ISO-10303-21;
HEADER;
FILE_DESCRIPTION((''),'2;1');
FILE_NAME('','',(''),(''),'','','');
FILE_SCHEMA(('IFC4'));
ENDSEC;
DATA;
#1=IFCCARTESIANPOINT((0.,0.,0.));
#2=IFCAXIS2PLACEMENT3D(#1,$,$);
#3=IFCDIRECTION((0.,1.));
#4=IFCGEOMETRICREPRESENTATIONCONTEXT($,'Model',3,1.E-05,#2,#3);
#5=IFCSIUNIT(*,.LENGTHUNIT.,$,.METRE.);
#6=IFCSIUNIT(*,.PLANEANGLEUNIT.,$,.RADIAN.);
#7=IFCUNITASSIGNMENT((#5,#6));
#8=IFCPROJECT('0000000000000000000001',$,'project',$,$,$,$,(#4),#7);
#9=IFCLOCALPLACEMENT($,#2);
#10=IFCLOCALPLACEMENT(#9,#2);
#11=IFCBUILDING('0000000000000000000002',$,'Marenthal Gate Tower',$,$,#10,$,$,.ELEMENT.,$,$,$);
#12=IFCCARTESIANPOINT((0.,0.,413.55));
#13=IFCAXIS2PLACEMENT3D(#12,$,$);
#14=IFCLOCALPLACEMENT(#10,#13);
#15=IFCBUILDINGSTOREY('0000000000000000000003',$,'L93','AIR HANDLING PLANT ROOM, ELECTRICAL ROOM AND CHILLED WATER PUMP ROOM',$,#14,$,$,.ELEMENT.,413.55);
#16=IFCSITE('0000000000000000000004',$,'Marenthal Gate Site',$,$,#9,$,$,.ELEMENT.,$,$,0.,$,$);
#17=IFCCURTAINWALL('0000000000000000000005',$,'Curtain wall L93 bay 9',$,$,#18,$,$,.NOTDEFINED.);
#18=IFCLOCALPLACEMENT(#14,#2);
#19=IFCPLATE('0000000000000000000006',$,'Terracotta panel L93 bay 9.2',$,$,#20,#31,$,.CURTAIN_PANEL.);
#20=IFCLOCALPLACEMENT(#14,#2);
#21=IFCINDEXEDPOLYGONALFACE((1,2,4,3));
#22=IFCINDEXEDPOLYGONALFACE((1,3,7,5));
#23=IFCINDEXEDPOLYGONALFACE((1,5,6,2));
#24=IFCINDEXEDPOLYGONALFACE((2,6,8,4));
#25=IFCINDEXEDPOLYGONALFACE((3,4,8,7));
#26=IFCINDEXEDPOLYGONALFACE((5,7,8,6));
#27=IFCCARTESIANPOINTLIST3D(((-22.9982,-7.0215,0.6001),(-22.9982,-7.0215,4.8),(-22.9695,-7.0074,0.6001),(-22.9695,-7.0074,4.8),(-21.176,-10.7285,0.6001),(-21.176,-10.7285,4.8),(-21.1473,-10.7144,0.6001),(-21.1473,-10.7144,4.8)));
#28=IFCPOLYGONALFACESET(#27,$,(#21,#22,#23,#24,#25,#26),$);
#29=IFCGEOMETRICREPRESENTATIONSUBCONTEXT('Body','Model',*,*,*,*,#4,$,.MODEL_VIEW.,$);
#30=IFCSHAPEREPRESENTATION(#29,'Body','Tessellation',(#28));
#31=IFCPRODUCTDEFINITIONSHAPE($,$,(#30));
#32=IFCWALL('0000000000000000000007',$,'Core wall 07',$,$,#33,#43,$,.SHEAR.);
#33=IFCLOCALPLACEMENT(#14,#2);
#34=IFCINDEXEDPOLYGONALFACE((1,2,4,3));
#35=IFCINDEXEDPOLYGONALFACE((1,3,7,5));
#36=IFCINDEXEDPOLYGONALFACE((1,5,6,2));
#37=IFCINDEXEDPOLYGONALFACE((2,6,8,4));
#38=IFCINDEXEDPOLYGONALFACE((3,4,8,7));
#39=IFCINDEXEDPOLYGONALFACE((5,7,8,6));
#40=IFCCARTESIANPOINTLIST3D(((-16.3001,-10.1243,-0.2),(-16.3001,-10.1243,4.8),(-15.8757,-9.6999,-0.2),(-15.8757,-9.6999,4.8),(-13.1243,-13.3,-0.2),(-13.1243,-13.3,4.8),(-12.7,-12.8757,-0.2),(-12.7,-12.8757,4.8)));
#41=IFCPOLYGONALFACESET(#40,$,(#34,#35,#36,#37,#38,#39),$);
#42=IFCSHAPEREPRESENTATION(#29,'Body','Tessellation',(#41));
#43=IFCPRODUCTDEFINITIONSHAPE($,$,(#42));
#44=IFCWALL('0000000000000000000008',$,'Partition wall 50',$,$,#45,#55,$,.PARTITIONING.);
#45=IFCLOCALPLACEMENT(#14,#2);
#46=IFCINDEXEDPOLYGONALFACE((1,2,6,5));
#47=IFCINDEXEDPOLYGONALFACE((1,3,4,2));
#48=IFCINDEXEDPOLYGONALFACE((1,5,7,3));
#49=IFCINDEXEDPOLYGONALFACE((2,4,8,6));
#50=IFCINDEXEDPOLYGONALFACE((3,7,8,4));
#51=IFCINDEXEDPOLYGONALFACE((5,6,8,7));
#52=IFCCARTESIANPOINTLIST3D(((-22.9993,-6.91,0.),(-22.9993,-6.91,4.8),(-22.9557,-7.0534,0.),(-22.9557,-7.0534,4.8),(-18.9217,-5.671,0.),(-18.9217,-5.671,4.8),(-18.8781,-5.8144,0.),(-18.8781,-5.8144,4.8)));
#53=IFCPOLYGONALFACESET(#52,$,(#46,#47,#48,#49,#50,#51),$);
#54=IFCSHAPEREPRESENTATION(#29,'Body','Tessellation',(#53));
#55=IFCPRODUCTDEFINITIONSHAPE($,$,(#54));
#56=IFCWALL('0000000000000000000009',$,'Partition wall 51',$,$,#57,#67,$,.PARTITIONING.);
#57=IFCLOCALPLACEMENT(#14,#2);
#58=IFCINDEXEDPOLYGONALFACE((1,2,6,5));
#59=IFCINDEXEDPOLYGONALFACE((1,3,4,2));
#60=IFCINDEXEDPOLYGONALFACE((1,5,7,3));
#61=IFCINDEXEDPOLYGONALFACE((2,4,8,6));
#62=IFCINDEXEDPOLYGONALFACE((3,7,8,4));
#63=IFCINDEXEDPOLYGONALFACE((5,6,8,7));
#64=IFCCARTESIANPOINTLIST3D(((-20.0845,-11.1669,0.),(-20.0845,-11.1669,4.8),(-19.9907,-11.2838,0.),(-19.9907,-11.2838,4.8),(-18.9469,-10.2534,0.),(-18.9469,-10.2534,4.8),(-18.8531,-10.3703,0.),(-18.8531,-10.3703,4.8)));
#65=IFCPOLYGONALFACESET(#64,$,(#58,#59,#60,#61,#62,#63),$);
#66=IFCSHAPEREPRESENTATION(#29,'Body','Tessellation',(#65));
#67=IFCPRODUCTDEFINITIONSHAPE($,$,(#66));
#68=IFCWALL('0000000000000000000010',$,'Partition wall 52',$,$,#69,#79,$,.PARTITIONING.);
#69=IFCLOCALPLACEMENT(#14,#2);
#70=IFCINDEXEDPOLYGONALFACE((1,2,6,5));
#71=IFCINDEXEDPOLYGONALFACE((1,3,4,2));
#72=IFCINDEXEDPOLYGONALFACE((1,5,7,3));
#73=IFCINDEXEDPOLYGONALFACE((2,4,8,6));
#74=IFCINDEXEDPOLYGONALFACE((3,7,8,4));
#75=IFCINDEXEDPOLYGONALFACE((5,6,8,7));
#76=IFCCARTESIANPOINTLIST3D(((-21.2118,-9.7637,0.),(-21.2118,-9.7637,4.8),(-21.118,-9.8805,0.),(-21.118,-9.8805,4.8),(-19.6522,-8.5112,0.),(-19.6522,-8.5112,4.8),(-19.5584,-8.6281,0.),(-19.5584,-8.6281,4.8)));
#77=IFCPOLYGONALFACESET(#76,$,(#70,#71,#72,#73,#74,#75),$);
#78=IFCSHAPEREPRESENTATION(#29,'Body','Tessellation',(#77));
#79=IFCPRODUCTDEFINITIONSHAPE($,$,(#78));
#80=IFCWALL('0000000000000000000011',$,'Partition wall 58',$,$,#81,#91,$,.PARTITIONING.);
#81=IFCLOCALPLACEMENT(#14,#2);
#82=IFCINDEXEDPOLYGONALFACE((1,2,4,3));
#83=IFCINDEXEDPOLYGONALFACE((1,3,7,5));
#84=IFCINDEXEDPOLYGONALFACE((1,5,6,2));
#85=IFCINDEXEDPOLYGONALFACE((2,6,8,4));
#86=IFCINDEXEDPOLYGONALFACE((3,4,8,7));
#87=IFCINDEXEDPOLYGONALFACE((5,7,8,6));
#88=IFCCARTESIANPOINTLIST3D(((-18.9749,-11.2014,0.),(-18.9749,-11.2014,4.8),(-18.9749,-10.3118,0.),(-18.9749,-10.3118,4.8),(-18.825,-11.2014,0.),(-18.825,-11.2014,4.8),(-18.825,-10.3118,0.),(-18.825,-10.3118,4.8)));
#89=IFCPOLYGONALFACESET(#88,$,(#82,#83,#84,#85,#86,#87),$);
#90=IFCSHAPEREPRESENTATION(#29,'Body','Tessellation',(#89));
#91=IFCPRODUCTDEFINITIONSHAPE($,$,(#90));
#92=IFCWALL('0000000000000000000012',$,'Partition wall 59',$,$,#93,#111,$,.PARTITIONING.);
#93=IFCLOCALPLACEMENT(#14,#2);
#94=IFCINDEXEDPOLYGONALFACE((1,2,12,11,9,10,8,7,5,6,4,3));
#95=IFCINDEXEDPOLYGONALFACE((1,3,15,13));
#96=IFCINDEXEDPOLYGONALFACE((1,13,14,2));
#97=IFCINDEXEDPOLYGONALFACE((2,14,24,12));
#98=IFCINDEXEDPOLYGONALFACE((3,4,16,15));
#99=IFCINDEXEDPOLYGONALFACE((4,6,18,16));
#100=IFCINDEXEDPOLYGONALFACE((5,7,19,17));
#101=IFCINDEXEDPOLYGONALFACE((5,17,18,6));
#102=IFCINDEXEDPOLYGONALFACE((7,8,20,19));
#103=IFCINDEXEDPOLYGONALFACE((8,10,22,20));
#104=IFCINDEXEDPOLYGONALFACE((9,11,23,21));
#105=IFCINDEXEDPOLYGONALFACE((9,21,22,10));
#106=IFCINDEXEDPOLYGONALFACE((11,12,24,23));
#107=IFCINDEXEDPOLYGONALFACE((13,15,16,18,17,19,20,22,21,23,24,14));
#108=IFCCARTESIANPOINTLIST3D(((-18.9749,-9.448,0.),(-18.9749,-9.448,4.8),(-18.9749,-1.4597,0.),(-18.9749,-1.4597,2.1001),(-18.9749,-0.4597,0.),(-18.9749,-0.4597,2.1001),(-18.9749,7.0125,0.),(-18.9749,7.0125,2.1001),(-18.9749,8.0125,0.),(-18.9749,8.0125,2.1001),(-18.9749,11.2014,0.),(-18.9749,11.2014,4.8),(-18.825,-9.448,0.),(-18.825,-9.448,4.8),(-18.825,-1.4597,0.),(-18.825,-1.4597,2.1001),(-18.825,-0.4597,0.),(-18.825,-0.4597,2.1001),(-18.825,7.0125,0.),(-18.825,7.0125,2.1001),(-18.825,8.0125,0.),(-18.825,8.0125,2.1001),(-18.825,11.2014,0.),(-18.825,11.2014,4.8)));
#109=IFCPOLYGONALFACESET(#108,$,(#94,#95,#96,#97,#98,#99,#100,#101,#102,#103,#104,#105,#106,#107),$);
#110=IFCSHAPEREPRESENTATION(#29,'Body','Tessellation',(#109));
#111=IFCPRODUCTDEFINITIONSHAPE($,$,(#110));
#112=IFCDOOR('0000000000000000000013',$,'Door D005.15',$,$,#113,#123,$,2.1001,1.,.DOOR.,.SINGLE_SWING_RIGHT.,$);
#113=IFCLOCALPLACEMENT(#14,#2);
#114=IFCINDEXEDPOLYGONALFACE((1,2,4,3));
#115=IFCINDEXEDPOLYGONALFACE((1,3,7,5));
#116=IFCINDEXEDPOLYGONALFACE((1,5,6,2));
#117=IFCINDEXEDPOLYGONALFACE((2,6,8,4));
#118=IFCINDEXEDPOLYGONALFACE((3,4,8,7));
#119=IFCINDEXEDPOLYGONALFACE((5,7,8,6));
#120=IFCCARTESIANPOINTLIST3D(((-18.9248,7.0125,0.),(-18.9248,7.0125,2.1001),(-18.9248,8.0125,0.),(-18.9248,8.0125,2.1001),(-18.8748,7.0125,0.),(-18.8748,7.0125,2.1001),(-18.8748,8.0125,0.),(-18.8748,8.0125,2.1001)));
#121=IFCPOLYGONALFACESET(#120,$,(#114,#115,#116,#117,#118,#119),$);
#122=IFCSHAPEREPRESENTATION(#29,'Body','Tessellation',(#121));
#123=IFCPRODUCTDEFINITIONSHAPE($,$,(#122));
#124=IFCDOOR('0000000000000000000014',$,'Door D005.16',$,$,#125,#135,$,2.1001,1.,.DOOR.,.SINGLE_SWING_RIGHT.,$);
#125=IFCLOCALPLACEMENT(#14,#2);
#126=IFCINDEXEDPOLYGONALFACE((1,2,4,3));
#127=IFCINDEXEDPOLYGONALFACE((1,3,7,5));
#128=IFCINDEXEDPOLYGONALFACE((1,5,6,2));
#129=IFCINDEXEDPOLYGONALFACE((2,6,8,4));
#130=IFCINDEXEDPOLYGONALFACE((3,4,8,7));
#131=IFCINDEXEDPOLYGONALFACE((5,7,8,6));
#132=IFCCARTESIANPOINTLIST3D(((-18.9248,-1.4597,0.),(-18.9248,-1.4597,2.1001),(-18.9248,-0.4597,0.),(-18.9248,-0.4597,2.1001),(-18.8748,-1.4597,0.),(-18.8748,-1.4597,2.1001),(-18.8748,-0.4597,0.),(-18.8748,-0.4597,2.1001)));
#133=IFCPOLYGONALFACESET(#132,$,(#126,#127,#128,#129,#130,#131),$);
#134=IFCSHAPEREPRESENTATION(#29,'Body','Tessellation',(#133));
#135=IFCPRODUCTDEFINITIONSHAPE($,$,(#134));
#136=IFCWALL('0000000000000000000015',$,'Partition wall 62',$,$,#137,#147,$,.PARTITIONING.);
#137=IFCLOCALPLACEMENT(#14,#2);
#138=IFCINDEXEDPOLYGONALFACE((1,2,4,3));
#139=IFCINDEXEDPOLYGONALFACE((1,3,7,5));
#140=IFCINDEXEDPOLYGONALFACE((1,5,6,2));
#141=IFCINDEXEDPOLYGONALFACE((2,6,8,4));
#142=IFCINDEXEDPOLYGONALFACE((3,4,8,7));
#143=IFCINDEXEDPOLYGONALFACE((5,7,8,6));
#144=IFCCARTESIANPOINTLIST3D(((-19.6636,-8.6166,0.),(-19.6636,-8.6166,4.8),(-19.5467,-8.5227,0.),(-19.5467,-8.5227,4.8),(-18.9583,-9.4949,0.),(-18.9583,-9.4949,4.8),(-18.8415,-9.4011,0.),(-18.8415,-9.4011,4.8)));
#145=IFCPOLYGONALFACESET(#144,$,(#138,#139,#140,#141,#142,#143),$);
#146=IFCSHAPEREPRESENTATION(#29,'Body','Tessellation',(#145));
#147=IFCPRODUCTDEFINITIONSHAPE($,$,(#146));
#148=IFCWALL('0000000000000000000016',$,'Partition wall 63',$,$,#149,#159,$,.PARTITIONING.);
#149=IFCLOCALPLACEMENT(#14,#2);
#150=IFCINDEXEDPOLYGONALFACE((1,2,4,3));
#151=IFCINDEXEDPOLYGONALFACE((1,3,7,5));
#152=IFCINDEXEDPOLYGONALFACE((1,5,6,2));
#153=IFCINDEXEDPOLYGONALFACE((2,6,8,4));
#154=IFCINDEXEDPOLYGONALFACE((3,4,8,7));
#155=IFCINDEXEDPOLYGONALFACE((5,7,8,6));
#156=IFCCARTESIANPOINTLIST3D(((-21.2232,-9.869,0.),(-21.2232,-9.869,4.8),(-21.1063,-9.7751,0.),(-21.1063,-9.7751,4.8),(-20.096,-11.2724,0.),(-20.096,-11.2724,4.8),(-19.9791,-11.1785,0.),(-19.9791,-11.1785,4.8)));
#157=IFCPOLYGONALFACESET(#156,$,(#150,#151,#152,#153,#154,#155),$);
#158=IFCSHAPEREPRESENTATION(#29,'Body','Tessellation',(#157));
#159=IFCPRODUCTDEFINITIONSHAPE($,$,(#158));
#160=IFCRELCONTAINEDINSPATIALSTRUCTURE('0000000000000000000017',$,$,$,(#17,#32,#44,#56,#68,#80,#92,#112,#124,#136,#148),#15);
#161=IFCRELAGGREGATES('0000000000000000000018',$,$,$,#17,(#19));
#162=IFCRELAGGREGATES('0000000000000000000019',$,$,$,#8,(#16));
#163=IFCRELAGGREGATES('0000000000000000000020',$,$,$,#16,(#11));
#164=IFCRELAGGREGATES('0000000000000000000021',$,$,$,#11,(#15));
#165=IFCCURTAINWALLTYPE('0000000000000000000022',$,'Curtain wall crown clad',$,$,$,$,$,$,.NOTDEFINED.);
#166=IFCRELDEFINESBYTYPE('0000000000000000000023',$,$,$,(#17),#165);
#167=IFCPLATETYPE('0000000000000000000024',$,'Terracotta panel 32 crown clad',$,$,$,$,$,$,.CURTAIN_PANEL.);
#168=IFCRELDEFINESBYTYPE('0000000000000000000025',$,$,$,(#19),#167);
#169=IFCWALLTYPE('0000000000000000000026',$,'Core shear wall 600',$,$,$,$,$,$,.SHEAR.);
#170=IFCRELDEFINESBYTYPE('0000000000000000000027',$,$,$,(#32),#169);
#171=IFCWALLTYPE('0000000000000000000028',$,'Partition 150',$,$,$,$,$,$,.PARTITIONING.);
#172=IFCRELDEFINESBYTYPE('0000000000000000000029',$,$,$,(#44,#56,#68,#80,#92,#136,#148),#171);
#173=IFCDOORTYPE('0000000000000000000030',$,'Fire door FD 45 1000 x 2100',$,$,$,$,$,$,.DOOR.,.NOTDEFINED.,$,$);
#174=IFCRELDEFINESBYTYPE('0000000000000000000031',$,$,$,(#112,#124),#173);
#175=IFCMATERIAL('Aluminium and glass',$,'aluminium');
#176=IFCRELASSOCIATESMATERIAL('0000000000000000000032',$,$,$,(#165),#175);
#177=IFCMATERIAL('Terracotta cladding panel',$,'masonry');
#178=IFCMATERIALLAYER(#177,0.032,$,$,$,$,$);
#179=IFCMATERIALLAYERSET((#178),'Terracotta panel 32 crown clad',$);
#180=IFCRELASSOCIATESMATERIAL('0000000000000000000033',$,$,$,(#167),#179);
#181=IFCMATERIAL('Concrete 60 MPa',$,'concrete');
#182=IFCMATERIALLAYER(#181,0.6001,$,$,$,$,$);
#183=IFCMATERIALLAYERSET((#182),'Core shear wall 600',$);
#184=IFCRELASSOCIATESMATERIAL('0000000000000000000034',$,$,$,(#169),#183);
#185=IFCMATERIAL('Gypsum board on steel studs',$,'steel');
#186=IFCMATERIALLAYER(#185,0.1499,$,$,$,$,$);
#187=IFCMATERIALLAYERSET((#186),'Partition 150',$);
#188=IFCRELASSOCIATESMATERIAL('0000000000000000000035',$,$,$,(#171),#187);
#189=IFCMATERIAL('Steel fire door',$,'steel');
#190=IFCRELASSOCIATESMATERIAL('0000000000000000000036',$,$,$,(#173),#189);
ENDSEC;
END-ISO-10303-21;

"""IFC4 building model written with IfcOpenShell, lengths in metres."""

from ifc_helpers import new_model, si_unit, direction, frame, frame_2d, origin, origin_2d, place, context, subcontext, project, spatial, rectangle, extrude, material, layer, layer_set, type_object, element, fill, aggregate, save


model = new_model("IFC4")

# Units and contexts
model_context = context("Model", 3, precision=1e-05, world=origin(), true_north=direction((0.0, 1.0)))
body_context = subcontext(model_context, "Body", "Model", "MODEL_VIEW")
ifc_project = project(units=[si_unit("LENGTHUNIT", "METRE"), si_unit("PLANEANGLEUNIT", "RADIAN")], contexts=[model_context])

# Site, building, storey
site_placement = place(None, origin())
site = spatial("IfcSite", under=ifc_project, at=site_placement, Name="Marenthal Gate Site", CompositionType="ELEMENT", RefElevation=0.0)
building_placement = place(site_placement, origin())
building = spatial("IfcBuilding", under=site, at=building_placement, Name="Marenthal Gate Tower", CompositionType="ELEMENT")
storey_placement = place(building_placement, frame((0.0, 0.0, 413.55)))
storey = spatial("IfcBuildingStorey", under=building, at=storey_placement, Name="L93", Description="AIR HANDLING PLANT ROOM, ELECTRICAL ROOM AND CHILLED WATER PUMP ROOM", CompositionType="ELEMENT", Elevation=413.55)

# Curtain wall
ifc_material_1 = material(Name="Aluminium and glass", Category="aluminium")
curtain_wall_type_1 = type_object("IfcCurtainWallType", Name="Curtain wall crown clad", PredefinedType="NOTDEFINED", material=ifc_material_1)
curtain_wall_1_placement = place(storey_placement, origin())
curtain_wall_1 = element("IfcCurtainWall", 1, at=curtain_wall_1_placement, inside=storey, type_object=curtain_wall_type_1, Name="Curtain wall L93 bay 9", PredefinedType="NOTDEFINED")

# Plate
ifc_material_2 = material(Name="Terracotta cladding panel", Category="masonry")
ifc_layer_1 = layer(ifc_material_2, 0.032)
ifc_layer_set_1 = layer_set([ifc_layer_1], Name="Terracotta panel 32 crown clad")
plate_type_1 = type_object("IfcPlateType", Name="Terracotta panel 32 crown clad", PredefinedType="CURTAIN_PANEL", material=ifc_layer_set_1)
plate_1_placement = place(storey_placement, frame((-22.0728, -8.8679, 0.6001), z_axis=(0.0, 0.0, 1.0), x_axis=(0.441124, -0.897446, 0.0)))
plate_1 = element("IfcPlate", 2, at=plate_1_placement, type_object=plate_type_1, Name="Terracotta panel L93 bay 9.2", PredefinedType="CURTAIN_PANEL", context=body_context, shape_type="SweptSolid", body=[
    extrude(rectangle(XDim=4.1306, YDim=0.032, at=origin_2d()), origin(), (0.0, 0.0, 1.0), 4.2),
])
aggregate(curtain_wall_1, [plate_1])

# Walls
ifc_material_3 = material(Name="Concrete 60 MPa", Category="concrete")
ifc_layer_2 = layer(ifc_material_3, 0.6001)
ifc_layer_set_2 = layer_set([ifc_layer_2], Name="Core shear wall 600")
wall_type_1 = type_object("IfcWallType", Name="Core shear wall 600", PredefinedType="SHEAR", material=ifc_layer_set_2)
wall_1_placement = place(storey_placement, frame((-16.0879, -9.9121, -0.2), z_axis=(0.0, 0.0, 1.0), x_axis=(0.707107, -0.707107, 0.0)))
element("IfcWall", 3, at=wall_1_placement, inside=storey, type_object=wall_type_1, Name="Core wall 07", PredefinedType="SHEAR", context=body_context, shape_type="SweptSolid", body=[
    extrude(rectangle(XDim=4.4912, YDim=0.6001, at=frame_2d((2.2456, 0.0))), origin(), (0.0, 0.0, 1.0), 5.0),
])
ifc_material_4 = material(Name="Gypsum board on steel studs", Category="steel")
ifc_layer_3 = layer(ifc_material_4, 0.1499)
ifc_layer_set_3 = layer_set([ifc_layer_3], Name="Partition 150")
wall_type_2 = type_object("IfcWallType", Name="Partition 150", PredefinedType="PARTITIONING", material=ifc_layer_set_3)
wall_2_placement = place(storey_placement, frame((-22.9775, -6.9817, 0.0), z_axis=(0.0, 0.0, 1.0), x_axis=(0.956805, 0.290731, 0.0)))
element("IfcWall", 4, at=wall_2_placement, inside=storey, type_object=wall_type_2, Name="Partition wall 50", PredefinedType="PARTITIONING", context=body_context, shape_type="SweptSolid", body=[
    extrude(rectangle(XDim=4.2617, YDim=0.1499, at=frame_2d((2.1309, 0.0))), origin(), (0.0, 0.0, 1.0), 4.8),
])
wall_3_placement = place(storey_placement, frame((-20.0376, -11.2253, 0.0), z_axis=(0.0, 0.0, 1.0), x_axis=(0.779725, 0.626122, 0.0)))
element("IfcWall", 5, at=wall_3_placement, inside=storey, type_object=wall_type_2, Name="Partition wall 51", PredefinedType="PARTITIONING", context=body_context, shape_type="SweptSolid", body=[
    extrude(rectangle(XDim=1.459, YDim=0.1499, at=frame_2d((0.7295, 0.0))), origin(), (0.0, 0.0, 1.0), 4.8),
])
wall_4_placement = place(storey_placement, frame((-21.1648, -9.822, 0.0), z_axis=(0.0, 0.0, 1.0), x_axis=(0.7797, 0.626153, 0.0)))
element("IfcWall", 6, at=wall_4_placement, inside=storey, type_object=wall_type_2, Name="Partition wall 52", PredefinedType="PARTITIONING", context=body_context, shape_type="SweptSolid", body=[
    extrude(rectangle(XDim=2.0002, YDim=0.1499, at=frame_2d((1.0, 0.0))), origin(), (0.0, 0.0, 1.0), 4.8),
])
wall_5_placement = place(storey_placement, frame((-18.8999, -11.2014, 0.0), z_axis=(0.0, 0.0, 1.0), x_axis=(0.0, 1.0, 0.0)))
element("IfcWall", 7, at=wall_5_placement, inside=storey, type_object=wall_type_2, Name="Partition wall 58", PredefinedType="PARTITIONING", context=body_context, shape_type="SweptSolid", body=[
    extrude(rectangle(XDim=0.8896, YDim=0.1499, at=frame_2d((0.4448, 0.0))), origin(), (0.0, 0.0, 1.0), 4.8),
])

# Wall, openings, doors
wall_6_placement = place(storey_placement, frame((-18.8999, -9.448, 0.0), z_axis=(0.0, 0.0, 1.0), x_axis=(0.0, 1.0, 0.0)))
wall_6 = element("IfcWall", 8, at=wall_6_placement, inside=storey, type_object=wall_type_2, Name="Partition wall 59", PredefinedType="PARTITIONING", context=body_context, shape_type="SweptSolid", body=[
    extrude(rectangle(XDim=20.6494, YDim=0.1499, at=frame_2d((10.3247, 0.0))), origin(), (0.0, 0.0, 1.0), 4.8),
])
opening_1_placement = place(wall_6_placement, frame((16.4604, 0.0, 0.0)))
opening_1 = element("IfcOpeningElement", 9, at=opening_1_placement, cuts=wall_6, PredefinedType="OPENING", context=body_context, shape_type="SweptSolid", body=[
    extrude(rectangle(XDim=1.0, YDim=2.1001, at=frame_2d((0.5, 1.05))), frame((0.0, 0.085, 0.0), z_axis=(0.0, -1.0, 0.0), x_axis=(1.0, 0.0, 0.0)), (0.0, 0.0, 1.0), 0.1699),
])
opening_2_placement = place(wall_6_placement, frame((7.9883, 0.0, 0.0)))
opening_2 = element("IfcOpeningElement", 10, at=opening_2_placement, cuts=wall_6, PredefinedType="OPENING", context=body_context, shape_type="SweptSolid", body=[
    extrude(rectangle(XDim=1.0, YDim=2.1001, at=frame_2d((0.5, 1.05))), frame((0.0, 0.085, 0.0), z_axis=(0.0, -1.0, 0.0), x_axis=(1.0, 0.0, 0.0)), (0.0, 0.0, 1.0), 0.1699),
])
ifc_material_5 = material(Name="Steel fire door", Category="steel")
door_type_1 = type_object("IfcDoorType", Name="Fire door FD 45 1000 x 2100", OperationType="NOTDEFINED", PredefinedType="DOOR", material=ifc_material_5)
door_1_placement = place(opening_1_placement, origin())
door_1 = element("IfcDoor", 11, at=door_1_placement, inside=storey, type_object=door_type_1, Name="Door D005.15", OperationType="SINGLE_SWING_RIGHT", OverallHeight=2.1001, OverallWidth=1.0, PredefinedType="DOOR", context=body_context, shape_type="SweptSolid", body=[
    extrude(rectangle(XDim=1.0, YDim=2.1001, at=frame_2d((0.5, 1.05))), frame((0.0, 0.0249, 0.0), z_axis=(0.0, -1.0, 0.0), x_axis=(1.0, 0.0, 0.0)), (0.0, 0.0, 1.0), 0.05),
])
fill(opening_1, door_1)
door_2_placement = place(opening_2_placement, origin())
door_2 = element("IfcDoor", 12, at=door_2_placement, inside=storey, type_object=door_type_1, Name="Door D005.16", OperationType="SINGLE_SWING_RIGHT", OverallHeight=2.1001, OverallWidth=1.0, PredefinedType="DOOR", context=body_context, shape_type="SweptSolid", body=[
    extrude(rectangle(XDim=1.0, YDim=2.1001, at=frame_2d((0.5, 1.05))), frame((0.0, 0.0249, 0.0), z_axis=(0.0, -1.0, 0.0), x_axis=(1.0, 0.0, 0.0)), (0.0, 0.0, 1.0), 0.05),
])
fill(opening_2, door_2)

# Walls
wall_7_placement = place(storey_placement, frame((-18.8999, -9.448, 0.0), z_axis=(0.0, 0.0, 1.0), x_axis=(-0.626095, 0.779747, 0.0)))
element("IfcWall", 13, at=wall_7_placement, inside=storey, type_object=wall_type_2, Name="Partition wall 62", PredefinedType="PARTITIONING", context=body_context, shape_type="SweptSolid", body=[
    extrude(rectangle(XDim=1.1265, YDim=0.1499, at=frame_2d((0.5632, 0.0))), origin(), (0.0, 0.0, 1.0), 4.8),
])
wall_8_placement = place(storey_placement, frame((-20.0376, -11.2253, 0.0), z_axis=(0.0, 0.0, 1.0), x_axis=(-0.626232, 0.779637, 0.0)))
element("IfcWall", 14, at=wall_8_placement, inside=storey, type_object=wall_type_2, Name="Partition wall 63", PredefinedType="PARTITIONING", context=body_context, shape_type="SweptSolid", body=[
    extrude(rectangle(XDim=1.8, YDim=0.1499, at=frame_2d((0.8999, 0.0))), origin(), (0.0, 0.0, 1.0), 4.8),
])

save(model, "model.ifc")
